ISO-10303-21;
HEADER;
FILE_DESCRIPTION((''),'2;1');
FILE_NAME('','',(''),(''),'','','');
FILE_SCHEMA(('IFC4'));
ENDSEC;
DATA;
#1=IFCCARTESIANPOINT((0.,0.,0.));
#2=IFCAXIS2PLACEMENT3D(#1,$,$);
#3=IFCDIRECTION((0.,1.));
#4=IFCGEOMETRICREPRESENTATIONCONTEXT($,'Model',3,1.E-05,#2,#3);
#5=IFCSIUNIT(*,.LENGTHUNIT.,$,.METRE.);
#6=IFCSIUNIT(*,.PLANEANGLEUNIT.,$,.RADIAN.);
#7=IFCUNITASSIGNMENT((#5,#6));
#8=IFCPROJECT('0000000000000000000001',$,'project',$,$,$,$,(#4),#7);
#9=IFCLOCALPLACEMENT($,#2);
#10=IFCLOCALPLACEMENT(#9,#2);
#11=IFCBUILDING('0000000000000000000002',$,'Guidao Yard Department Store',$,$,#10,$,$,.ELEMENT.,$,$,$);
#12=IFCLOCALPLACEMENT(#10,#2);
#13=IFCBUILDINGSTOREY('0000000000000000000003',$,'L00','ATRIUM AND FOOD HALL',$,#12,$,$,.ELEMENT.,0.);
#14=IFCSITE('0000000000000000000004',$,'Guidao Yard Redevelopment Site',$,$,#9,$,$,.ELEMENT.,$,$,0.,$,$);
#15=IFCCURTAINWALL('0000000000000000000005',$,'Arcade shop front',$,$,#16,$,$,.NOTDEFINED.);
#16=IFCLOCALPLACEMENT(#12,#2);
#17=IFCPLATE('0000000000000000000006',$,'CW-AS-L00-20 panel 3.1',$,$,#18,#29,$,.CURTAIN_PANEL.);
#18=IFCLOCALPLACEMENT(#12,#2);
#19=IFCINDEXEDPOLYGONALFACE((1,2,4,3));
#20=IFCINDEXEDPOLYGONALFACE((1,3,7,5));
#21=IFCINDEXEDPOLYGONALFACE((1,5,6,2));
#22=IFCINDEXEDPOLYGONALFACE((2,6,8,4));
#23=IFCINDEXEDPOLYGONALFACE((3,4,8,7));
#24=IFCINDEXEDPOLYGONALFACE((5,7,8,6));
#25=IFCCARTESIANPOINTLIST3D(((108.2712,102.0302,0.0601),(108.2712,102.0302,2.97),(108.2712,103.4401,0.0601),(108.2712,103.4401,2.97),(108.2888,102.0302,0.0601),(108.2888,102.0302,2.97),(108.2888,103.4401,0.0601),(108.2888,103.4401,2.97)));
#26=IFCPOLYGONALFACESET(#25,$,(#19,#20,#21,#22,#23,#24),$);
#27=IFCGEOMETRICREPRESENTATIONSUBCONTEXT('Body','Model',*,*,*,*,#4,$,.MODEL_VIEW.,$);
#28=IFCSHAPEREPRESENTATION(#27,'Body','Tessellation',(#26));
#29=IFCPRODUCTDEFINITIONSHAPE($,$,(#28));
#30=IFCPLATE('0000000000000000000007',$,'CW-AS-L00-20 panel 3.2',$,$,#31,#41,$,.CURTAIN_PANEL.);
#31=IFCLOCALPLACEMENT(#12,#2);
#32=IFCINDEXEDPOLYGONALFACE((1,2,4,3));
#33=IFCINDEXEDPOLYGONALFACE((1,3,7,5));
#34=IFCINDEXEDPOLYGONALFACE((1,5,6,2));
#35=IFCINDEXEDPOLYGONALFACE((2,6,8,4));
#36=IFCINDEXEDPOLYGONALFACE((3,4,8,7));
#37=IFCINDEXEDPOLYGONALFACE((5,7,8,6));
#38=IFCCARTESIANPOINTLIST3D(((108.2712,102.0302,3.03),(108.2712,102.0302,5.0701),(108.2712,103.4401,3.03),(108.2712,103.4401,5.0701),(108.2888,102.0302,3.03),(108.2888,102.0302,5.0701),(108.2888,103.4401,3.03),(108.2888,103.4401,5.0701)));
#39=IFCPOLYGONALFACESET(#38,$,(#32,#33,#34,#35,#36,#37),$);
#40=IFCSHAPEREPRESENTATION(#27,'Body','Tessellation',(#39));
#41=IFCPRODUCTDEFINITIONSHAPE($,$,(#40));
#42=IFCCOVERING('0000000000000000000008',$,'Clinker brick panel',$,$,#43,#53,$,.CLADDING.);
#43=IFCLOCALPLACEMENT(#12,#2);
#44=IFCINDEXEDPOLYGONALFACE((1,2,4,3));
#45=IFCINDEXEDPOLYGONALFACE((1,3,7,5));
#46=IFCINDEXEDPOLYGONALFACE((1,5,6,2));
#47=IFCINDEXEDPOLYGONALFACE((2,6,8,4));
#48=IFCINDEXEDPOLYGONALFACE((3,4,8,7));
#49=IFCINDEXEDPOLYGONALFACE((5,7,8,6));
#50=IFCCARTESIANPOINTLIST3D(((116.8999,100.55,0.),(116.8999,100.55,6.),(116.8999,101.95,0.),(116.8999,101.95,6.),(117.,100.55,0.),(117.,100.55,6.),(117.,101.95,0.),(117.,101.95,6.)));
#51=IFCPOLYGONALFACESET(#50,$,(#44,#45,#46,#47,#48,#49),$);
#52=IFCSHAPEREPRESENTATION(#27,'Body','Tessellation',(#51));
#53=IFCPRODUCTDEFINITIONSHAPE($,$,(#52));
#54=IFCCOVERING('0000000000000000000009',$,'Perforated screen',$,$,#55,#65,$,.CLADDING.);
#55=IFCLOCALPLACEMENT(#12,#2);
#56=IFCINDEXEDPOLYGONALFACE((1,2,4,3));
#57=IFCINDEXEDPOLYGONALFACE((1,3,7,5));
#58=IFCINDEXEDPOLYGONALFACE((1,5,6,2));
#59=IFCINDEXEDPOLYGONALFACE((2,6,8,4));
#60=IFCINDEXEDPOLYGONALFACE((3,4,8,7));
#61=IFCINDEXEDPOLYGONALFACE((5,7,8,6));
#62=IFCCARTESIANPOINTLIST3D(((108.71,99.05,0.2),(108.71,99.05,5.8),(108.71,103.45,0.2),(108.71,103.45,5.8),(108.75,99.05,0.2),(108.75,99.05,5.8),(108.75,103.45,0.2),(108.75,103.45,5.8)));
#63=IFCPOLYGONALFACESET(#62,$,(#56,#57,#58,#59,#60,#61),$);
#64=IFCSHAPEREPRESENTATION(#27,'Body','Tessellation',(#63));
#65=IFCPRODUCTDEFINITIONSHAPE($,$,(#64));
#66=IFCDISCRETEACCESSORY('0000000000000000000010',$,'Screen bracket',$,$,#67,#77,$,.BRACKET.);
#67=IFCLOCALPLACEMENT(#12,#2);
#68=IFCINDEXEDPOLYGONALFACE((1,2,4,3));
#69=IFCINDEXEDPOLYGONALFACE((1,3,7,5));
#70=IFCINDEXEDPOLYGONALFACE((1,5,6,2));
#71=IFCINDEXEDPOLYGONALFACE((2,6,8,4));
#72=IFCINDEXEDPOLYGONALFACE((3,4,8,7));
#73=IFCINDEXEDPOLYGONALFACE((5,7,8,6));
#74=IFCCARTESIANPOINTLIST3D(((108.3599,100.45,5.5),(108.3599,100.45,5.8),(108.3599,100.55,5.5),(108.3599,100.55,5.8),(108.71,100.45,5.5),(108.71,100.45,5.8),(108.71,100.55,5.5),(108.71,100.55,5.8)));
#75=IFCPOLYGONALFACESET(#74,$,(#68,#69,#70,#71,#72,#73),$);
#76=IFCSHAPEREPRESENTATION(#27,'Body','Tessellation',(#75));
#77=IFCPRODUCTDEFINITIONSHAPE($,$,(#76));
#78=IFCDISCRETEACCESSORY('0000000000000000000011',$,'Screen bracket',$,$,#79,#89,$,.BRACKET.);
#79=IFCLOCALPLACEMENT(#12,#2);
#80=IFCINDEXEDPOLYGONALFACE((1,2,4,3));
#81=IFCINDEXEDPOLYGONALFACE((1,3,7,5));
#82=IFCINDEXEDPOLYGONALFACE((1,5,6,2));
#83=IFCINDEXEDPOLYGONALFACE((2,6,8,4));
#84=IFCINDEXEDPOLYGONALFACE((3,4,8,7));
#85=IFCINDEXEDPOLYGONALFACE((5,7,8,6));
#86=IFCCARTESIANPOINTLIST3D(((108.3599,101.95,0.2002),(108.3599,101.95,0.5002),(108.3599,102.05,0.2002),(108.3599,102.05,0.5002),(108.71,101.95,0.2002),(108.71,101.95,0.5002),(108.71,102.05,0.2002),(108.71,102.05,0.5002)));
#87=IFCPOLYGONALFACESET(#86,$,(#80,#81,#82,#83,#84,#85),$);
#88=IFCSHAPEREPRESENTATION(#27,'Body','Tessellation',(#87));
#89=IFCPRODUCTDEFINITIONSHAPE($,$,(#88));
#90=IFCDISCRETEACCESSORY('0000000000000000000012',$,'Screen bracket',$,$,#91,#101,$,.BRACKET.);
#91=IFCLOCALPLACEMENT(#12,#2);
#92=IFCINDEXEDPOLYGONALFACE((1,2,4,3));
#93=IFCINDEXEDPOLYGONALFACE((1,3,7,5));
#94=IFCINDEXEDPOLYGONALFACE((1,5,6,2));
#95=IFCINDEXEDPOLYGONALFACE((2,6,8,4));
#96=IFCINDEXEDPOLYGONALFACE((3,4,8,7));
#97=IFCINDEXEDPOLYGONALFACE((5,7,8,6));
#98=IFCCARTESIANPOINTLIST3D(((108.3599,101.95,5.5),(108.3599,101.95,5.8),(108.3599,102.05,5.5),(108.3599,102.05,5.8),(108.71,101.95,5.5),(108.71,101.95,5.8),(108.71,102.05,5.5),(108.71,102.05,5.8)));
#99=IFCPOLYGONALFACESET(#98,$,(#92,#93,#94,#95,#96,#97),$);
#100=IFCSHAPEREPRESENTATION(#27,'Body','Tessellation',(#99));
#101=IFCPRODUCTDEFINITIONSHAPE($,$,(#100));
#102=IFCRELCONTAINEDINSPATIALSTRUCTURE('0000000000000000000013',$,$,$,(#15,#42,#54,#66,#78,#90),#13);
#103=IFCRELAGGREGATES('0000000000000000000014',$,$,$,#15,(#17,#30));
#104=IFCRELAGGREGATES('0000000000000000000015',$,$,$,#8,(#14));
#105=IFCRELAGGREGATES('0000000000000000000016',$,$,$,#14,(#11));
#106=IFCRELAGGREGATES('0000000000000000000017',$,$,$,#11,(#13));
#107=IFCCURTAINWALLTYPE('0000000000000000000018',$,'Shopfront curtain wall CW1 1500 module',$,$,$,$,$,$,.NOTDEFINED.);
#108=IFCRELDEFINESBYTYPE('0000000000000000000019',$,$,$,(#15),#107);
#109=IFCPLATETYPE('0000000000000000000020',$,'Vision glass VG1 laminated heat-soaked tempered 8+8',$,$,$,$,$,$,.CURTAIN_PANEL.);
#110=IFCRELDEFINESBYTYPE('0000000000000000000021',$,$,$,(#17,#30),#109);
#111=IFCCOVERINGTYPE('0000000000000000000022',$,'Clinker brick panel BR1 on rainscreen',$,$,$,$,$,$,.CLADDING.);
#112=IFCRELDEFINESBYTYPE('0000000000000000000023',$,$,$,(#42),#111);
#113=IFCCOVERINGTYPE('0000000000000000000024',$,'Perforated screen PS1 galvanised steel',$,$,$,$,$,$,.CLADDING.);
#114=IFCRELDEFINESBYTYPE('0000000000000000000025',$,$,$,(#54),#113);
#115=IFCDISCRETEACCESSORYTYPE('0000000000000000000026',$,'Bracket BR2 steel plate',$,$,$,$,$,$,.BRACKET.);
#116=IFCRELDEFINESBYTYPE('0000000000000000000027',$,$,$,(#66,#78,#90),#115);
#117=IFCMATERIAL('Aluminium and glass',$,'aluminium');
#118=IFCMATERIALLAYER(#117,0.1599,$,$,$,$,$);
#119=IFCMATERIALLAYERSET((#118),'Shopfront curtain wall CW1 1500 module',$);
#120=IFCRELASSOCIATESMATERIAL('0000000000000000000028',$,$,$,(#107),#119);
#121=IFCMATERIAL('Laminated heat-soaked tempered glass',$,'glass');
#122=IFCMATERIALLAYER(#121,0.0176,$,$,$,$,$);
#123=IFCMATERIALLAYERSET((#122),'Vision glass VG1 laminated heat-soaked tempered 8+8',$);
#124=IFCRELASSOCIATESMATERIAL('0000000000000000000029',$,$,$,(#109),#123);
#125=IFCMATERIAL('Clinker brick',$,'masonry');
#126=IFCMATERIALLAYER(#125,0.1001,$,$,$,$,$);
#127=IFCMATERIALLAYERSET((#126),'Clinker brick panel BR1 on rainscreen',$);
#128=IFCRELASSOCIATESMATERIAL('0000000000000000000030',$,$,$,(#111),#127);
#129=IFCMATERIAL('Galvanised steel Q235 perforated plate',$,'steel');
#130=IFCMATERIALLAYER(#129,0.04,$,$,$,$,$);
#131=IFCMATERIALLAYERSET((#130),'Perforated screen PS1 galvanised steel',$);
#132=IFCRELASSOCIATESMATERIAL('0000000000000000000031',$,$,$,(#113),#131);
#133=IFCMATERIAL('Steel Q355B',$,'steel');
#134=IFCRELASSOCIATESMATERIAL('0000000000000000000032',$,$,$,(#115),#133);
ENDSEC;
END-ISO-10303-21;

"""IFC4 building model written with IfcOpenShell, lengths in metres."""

from ifc_helpers import new_model, si_unit, direction, frame, origin, origin_2d, place, context, subcontext, project, spatial, rectangle, extrude, material, layer, layer_set, type_object, element, aggregate, save


model = new_model("IFC4")

# Units and contexts
model_context = context("Model", 3, precision=1e-05, world=origin(), true_north=direction((0.0, 1.0)))
body_context = subcontext(model_context, "Body", "Model", "MODEL_VIEW")
ifc_project = project(units=[si_unit("LENGTHUNIT", "METRE"), si_unit("PLANEANGLEUNIT", "RADIAN")], contexts=[model_context])

# Site, building, storey
site_placement = place(None, origin())
site = spatial("IfcSite", under=ifc_project, at=site_placement, Name="Guidao Yard Redevelopment Site", CompositionType="ELEMENT", RefElevation=0.0)
building_placement = place(site_placement, origin())
building = spatial("IfcBuilding", under=site, at=building_placement, Name="Guidao Yard Department Store", CompositionType="ELEMENT")
storey_placement = place(building_placement, origin())
storey = spatial("IfcBuildingStorey", under=building, at=storey_placement, Name="L00", Description="ATRIUM AND FOOD HALL", CompositionType="ELEMENT", Elevation=0.0)

# Curtain wall, plates
ifc_material_1 = material(Name="Aluminium and glass", Category="aluminium")
ifc_layer_1 = layer(ifc_material_1, 0.1599)
ifc_layer_set_1 = layer_set([ifc_layer_1], Name="Shopfront curtain wall CW1 1500 module")
curtain_wall_type = type_object("IfcCurtainWallType", Name="Shopfront curtain wall CW1 1500 module", PredefinedType="NOTDEFINED", material=ifc_layer_set_1)
curtain_wall_placement = place(storey_placement, origin())
curtain_wall = element("IfcCurtainWall", 1, at=curtain_wall_placement, inside=storey, type_object=curtain_wall_type, Name="Arcade shop front", PredefinedType="NOTDEFINED")
ifc_material_2 = material(Name="Laminated heat-soaked tempered glass", Category="glass")
ifc_layer_2 = layer(ifc_material_2, 0.0176)
ifc_layer_set_2 = layer_set([ifc_layer_2], Name="Vision glass VG1 laminated heat-soaked tempered 8+8")
plate_type_1 = type_object("IfcPlateType", Name="Vision glass VG1 laminated heat-soaked tempered 8+8", PredefinedType="CURTAIN_PANEL", material=ifc_layer_set_2)
plate_1_placement = place(storey_placement, frame((108.28, 102.7351, 0.0601), z_axis=(0.0, 0.0, 1.0), x_axis=(0.0, -1.0, 0.0)))
plate_1 = element("IfcPlate", 2, at=plate_1_placement, type_object=plate_type_1, Name="CW-AS-L00-20 panel 3.1", PredefinedType="CURTAIN_PANEL", context=body_context, shape_type="SweptSolid", body=[
    extrude(rectangle(XDim=1.4099, YDim=0.0176, at=origin_2d()), origin(), (0.0, 0.0, 1.0), 2.9099),
])
plate_2_placement = place(storey_placement, frame((108.28, 102.7351, 3.03), z_axis=(0.0, 0.0, 1.0), x_axis=(0.0, -1.0, 0.0)))
plate_2 = element("IfcPlate", 3, at=plate_2_placement, type_object=plate_type_1, Name="CW-AS-L00-20 panel 3.2", PredefinedType="CURTAIN_PANEL", context=body_context, shape_type="SweptSolid", body=[
    extrude(rectangle(XDim=1.4099, YDim=0.0176, at=origin_2d()), origin(), (0.0, 0.0, 1.0), 2.04),
])
aggregate(curtain_wall, [plate_1, plate_2])

# Coverings
ifc_material_3 = material(Name="Clinker brick", Category="masonry")
ifc_layer_3 = layer(ifc_material_3, 0.1001)
ifc_layer_set_3 = layer_set([ifc_layer_3], Name="Clinker brick panel BR1 on rainscreen")
covering_type_1 = type_object("IfcCoveringType", Name="Clinker brick panel BR1 on rainscreen", PredefinedType="CLADDING", material=ifc_layer_set_3)
covering_1_placement = place(storey_placement, frame((116.95, 101.25, 0.0), z_axis=(0.0, 0.0, 1.0), x_axis=(0.0, 1.0, 0.0)))
element("IfcCovering", 4, at=covering_1_placement, inside=storey, type_object=covering_type_1, Name="Clinker brick panel", PredefinedType="CLADDING", context=body_context, shape_type="SweptSolid", body=[
    extrude(rectangle(XDim=1.3999, YDim=0.1001, at=origin_2d()), origin(), (0.0, 0.0, 1.0), 6.0),
])
ifc_material_4 = material(Name="Galvanised steel Q235 perforated plate", Category="steel")
ifc_layer_4 = layer(ifc_material_4, 0.04)
ifc_layer_set_4 = layer_set([ifc_layer_4], Name="Perforated screen PS1 galvanised steel")
covering_type_2 = type_object("IfcCoveringType", Name="Perforated screen PS1 galvanised steel", PredefinedType="CLADDING", material=ifc_layer_set_4)
covering_2_placement = place(storey_placement, frame((108.73, 101.25, 0.2), z_axis=(0.0, 0.0, 1.0), x_axis=(0.0, -1.0, 0.0)))
element("IfcCovering", 5, at=covering_2_placement, inside=storey, type_object=covering_type_2, Name="Perforated screen", PredefinedType="CLADDING", context=body_context, shape_type="SweptSolid", body=[
    extrude(rectangle(XDim=4.3999, YDim=0.04, at=origin_2d()), origin(), (0.0, 0.0, 1.0), 5.6001),
])

# Discrete accessories
ifc_material_5 = material(Name="Steel Q355B", Category="steel")
discrete_accessory_type = type_object("IfcDiscreteAccessoryType", Name="Bracket BR2 steel plate", PredefinedType="BRACKET", material=ifc_material_5)
for number, where, z_axis, x_axis, name in (
    (6, (108.5349, 100.5, 5.5), (0.0, 0.0, 1.0), (0.0, -1.0, 0.0), "Screen bracket"),
    (7, (108.5349, 102.0, 0.2002), (0.0, 0.0, 1.0), (0.0, -1.0, 0.0), "Screen bracket"),
    (8, (108.5349, 102.0, 5.5), (0.0, 0.0, 1.0), (0.0, -1.0, 0.0), "Screen bracket"),
):
    element("IfcDiscreteAccessory", number, at=place(storey_placement, frame(where, z_axis=z_axis, x_axis=x_axis)), inside=storey, type_object=discrete_accessory_type, Name=name, PredefinedType="BRACKET", context=body_context, shape_type="SweptSolid", body=[
        extrude(rectangle(XDim=0.1001, YDim=0.3501, at=origin_2d()), origin(), (0.0, 0.0, 1.0), 0.3),
    ])

save(model, "model.ifc")
